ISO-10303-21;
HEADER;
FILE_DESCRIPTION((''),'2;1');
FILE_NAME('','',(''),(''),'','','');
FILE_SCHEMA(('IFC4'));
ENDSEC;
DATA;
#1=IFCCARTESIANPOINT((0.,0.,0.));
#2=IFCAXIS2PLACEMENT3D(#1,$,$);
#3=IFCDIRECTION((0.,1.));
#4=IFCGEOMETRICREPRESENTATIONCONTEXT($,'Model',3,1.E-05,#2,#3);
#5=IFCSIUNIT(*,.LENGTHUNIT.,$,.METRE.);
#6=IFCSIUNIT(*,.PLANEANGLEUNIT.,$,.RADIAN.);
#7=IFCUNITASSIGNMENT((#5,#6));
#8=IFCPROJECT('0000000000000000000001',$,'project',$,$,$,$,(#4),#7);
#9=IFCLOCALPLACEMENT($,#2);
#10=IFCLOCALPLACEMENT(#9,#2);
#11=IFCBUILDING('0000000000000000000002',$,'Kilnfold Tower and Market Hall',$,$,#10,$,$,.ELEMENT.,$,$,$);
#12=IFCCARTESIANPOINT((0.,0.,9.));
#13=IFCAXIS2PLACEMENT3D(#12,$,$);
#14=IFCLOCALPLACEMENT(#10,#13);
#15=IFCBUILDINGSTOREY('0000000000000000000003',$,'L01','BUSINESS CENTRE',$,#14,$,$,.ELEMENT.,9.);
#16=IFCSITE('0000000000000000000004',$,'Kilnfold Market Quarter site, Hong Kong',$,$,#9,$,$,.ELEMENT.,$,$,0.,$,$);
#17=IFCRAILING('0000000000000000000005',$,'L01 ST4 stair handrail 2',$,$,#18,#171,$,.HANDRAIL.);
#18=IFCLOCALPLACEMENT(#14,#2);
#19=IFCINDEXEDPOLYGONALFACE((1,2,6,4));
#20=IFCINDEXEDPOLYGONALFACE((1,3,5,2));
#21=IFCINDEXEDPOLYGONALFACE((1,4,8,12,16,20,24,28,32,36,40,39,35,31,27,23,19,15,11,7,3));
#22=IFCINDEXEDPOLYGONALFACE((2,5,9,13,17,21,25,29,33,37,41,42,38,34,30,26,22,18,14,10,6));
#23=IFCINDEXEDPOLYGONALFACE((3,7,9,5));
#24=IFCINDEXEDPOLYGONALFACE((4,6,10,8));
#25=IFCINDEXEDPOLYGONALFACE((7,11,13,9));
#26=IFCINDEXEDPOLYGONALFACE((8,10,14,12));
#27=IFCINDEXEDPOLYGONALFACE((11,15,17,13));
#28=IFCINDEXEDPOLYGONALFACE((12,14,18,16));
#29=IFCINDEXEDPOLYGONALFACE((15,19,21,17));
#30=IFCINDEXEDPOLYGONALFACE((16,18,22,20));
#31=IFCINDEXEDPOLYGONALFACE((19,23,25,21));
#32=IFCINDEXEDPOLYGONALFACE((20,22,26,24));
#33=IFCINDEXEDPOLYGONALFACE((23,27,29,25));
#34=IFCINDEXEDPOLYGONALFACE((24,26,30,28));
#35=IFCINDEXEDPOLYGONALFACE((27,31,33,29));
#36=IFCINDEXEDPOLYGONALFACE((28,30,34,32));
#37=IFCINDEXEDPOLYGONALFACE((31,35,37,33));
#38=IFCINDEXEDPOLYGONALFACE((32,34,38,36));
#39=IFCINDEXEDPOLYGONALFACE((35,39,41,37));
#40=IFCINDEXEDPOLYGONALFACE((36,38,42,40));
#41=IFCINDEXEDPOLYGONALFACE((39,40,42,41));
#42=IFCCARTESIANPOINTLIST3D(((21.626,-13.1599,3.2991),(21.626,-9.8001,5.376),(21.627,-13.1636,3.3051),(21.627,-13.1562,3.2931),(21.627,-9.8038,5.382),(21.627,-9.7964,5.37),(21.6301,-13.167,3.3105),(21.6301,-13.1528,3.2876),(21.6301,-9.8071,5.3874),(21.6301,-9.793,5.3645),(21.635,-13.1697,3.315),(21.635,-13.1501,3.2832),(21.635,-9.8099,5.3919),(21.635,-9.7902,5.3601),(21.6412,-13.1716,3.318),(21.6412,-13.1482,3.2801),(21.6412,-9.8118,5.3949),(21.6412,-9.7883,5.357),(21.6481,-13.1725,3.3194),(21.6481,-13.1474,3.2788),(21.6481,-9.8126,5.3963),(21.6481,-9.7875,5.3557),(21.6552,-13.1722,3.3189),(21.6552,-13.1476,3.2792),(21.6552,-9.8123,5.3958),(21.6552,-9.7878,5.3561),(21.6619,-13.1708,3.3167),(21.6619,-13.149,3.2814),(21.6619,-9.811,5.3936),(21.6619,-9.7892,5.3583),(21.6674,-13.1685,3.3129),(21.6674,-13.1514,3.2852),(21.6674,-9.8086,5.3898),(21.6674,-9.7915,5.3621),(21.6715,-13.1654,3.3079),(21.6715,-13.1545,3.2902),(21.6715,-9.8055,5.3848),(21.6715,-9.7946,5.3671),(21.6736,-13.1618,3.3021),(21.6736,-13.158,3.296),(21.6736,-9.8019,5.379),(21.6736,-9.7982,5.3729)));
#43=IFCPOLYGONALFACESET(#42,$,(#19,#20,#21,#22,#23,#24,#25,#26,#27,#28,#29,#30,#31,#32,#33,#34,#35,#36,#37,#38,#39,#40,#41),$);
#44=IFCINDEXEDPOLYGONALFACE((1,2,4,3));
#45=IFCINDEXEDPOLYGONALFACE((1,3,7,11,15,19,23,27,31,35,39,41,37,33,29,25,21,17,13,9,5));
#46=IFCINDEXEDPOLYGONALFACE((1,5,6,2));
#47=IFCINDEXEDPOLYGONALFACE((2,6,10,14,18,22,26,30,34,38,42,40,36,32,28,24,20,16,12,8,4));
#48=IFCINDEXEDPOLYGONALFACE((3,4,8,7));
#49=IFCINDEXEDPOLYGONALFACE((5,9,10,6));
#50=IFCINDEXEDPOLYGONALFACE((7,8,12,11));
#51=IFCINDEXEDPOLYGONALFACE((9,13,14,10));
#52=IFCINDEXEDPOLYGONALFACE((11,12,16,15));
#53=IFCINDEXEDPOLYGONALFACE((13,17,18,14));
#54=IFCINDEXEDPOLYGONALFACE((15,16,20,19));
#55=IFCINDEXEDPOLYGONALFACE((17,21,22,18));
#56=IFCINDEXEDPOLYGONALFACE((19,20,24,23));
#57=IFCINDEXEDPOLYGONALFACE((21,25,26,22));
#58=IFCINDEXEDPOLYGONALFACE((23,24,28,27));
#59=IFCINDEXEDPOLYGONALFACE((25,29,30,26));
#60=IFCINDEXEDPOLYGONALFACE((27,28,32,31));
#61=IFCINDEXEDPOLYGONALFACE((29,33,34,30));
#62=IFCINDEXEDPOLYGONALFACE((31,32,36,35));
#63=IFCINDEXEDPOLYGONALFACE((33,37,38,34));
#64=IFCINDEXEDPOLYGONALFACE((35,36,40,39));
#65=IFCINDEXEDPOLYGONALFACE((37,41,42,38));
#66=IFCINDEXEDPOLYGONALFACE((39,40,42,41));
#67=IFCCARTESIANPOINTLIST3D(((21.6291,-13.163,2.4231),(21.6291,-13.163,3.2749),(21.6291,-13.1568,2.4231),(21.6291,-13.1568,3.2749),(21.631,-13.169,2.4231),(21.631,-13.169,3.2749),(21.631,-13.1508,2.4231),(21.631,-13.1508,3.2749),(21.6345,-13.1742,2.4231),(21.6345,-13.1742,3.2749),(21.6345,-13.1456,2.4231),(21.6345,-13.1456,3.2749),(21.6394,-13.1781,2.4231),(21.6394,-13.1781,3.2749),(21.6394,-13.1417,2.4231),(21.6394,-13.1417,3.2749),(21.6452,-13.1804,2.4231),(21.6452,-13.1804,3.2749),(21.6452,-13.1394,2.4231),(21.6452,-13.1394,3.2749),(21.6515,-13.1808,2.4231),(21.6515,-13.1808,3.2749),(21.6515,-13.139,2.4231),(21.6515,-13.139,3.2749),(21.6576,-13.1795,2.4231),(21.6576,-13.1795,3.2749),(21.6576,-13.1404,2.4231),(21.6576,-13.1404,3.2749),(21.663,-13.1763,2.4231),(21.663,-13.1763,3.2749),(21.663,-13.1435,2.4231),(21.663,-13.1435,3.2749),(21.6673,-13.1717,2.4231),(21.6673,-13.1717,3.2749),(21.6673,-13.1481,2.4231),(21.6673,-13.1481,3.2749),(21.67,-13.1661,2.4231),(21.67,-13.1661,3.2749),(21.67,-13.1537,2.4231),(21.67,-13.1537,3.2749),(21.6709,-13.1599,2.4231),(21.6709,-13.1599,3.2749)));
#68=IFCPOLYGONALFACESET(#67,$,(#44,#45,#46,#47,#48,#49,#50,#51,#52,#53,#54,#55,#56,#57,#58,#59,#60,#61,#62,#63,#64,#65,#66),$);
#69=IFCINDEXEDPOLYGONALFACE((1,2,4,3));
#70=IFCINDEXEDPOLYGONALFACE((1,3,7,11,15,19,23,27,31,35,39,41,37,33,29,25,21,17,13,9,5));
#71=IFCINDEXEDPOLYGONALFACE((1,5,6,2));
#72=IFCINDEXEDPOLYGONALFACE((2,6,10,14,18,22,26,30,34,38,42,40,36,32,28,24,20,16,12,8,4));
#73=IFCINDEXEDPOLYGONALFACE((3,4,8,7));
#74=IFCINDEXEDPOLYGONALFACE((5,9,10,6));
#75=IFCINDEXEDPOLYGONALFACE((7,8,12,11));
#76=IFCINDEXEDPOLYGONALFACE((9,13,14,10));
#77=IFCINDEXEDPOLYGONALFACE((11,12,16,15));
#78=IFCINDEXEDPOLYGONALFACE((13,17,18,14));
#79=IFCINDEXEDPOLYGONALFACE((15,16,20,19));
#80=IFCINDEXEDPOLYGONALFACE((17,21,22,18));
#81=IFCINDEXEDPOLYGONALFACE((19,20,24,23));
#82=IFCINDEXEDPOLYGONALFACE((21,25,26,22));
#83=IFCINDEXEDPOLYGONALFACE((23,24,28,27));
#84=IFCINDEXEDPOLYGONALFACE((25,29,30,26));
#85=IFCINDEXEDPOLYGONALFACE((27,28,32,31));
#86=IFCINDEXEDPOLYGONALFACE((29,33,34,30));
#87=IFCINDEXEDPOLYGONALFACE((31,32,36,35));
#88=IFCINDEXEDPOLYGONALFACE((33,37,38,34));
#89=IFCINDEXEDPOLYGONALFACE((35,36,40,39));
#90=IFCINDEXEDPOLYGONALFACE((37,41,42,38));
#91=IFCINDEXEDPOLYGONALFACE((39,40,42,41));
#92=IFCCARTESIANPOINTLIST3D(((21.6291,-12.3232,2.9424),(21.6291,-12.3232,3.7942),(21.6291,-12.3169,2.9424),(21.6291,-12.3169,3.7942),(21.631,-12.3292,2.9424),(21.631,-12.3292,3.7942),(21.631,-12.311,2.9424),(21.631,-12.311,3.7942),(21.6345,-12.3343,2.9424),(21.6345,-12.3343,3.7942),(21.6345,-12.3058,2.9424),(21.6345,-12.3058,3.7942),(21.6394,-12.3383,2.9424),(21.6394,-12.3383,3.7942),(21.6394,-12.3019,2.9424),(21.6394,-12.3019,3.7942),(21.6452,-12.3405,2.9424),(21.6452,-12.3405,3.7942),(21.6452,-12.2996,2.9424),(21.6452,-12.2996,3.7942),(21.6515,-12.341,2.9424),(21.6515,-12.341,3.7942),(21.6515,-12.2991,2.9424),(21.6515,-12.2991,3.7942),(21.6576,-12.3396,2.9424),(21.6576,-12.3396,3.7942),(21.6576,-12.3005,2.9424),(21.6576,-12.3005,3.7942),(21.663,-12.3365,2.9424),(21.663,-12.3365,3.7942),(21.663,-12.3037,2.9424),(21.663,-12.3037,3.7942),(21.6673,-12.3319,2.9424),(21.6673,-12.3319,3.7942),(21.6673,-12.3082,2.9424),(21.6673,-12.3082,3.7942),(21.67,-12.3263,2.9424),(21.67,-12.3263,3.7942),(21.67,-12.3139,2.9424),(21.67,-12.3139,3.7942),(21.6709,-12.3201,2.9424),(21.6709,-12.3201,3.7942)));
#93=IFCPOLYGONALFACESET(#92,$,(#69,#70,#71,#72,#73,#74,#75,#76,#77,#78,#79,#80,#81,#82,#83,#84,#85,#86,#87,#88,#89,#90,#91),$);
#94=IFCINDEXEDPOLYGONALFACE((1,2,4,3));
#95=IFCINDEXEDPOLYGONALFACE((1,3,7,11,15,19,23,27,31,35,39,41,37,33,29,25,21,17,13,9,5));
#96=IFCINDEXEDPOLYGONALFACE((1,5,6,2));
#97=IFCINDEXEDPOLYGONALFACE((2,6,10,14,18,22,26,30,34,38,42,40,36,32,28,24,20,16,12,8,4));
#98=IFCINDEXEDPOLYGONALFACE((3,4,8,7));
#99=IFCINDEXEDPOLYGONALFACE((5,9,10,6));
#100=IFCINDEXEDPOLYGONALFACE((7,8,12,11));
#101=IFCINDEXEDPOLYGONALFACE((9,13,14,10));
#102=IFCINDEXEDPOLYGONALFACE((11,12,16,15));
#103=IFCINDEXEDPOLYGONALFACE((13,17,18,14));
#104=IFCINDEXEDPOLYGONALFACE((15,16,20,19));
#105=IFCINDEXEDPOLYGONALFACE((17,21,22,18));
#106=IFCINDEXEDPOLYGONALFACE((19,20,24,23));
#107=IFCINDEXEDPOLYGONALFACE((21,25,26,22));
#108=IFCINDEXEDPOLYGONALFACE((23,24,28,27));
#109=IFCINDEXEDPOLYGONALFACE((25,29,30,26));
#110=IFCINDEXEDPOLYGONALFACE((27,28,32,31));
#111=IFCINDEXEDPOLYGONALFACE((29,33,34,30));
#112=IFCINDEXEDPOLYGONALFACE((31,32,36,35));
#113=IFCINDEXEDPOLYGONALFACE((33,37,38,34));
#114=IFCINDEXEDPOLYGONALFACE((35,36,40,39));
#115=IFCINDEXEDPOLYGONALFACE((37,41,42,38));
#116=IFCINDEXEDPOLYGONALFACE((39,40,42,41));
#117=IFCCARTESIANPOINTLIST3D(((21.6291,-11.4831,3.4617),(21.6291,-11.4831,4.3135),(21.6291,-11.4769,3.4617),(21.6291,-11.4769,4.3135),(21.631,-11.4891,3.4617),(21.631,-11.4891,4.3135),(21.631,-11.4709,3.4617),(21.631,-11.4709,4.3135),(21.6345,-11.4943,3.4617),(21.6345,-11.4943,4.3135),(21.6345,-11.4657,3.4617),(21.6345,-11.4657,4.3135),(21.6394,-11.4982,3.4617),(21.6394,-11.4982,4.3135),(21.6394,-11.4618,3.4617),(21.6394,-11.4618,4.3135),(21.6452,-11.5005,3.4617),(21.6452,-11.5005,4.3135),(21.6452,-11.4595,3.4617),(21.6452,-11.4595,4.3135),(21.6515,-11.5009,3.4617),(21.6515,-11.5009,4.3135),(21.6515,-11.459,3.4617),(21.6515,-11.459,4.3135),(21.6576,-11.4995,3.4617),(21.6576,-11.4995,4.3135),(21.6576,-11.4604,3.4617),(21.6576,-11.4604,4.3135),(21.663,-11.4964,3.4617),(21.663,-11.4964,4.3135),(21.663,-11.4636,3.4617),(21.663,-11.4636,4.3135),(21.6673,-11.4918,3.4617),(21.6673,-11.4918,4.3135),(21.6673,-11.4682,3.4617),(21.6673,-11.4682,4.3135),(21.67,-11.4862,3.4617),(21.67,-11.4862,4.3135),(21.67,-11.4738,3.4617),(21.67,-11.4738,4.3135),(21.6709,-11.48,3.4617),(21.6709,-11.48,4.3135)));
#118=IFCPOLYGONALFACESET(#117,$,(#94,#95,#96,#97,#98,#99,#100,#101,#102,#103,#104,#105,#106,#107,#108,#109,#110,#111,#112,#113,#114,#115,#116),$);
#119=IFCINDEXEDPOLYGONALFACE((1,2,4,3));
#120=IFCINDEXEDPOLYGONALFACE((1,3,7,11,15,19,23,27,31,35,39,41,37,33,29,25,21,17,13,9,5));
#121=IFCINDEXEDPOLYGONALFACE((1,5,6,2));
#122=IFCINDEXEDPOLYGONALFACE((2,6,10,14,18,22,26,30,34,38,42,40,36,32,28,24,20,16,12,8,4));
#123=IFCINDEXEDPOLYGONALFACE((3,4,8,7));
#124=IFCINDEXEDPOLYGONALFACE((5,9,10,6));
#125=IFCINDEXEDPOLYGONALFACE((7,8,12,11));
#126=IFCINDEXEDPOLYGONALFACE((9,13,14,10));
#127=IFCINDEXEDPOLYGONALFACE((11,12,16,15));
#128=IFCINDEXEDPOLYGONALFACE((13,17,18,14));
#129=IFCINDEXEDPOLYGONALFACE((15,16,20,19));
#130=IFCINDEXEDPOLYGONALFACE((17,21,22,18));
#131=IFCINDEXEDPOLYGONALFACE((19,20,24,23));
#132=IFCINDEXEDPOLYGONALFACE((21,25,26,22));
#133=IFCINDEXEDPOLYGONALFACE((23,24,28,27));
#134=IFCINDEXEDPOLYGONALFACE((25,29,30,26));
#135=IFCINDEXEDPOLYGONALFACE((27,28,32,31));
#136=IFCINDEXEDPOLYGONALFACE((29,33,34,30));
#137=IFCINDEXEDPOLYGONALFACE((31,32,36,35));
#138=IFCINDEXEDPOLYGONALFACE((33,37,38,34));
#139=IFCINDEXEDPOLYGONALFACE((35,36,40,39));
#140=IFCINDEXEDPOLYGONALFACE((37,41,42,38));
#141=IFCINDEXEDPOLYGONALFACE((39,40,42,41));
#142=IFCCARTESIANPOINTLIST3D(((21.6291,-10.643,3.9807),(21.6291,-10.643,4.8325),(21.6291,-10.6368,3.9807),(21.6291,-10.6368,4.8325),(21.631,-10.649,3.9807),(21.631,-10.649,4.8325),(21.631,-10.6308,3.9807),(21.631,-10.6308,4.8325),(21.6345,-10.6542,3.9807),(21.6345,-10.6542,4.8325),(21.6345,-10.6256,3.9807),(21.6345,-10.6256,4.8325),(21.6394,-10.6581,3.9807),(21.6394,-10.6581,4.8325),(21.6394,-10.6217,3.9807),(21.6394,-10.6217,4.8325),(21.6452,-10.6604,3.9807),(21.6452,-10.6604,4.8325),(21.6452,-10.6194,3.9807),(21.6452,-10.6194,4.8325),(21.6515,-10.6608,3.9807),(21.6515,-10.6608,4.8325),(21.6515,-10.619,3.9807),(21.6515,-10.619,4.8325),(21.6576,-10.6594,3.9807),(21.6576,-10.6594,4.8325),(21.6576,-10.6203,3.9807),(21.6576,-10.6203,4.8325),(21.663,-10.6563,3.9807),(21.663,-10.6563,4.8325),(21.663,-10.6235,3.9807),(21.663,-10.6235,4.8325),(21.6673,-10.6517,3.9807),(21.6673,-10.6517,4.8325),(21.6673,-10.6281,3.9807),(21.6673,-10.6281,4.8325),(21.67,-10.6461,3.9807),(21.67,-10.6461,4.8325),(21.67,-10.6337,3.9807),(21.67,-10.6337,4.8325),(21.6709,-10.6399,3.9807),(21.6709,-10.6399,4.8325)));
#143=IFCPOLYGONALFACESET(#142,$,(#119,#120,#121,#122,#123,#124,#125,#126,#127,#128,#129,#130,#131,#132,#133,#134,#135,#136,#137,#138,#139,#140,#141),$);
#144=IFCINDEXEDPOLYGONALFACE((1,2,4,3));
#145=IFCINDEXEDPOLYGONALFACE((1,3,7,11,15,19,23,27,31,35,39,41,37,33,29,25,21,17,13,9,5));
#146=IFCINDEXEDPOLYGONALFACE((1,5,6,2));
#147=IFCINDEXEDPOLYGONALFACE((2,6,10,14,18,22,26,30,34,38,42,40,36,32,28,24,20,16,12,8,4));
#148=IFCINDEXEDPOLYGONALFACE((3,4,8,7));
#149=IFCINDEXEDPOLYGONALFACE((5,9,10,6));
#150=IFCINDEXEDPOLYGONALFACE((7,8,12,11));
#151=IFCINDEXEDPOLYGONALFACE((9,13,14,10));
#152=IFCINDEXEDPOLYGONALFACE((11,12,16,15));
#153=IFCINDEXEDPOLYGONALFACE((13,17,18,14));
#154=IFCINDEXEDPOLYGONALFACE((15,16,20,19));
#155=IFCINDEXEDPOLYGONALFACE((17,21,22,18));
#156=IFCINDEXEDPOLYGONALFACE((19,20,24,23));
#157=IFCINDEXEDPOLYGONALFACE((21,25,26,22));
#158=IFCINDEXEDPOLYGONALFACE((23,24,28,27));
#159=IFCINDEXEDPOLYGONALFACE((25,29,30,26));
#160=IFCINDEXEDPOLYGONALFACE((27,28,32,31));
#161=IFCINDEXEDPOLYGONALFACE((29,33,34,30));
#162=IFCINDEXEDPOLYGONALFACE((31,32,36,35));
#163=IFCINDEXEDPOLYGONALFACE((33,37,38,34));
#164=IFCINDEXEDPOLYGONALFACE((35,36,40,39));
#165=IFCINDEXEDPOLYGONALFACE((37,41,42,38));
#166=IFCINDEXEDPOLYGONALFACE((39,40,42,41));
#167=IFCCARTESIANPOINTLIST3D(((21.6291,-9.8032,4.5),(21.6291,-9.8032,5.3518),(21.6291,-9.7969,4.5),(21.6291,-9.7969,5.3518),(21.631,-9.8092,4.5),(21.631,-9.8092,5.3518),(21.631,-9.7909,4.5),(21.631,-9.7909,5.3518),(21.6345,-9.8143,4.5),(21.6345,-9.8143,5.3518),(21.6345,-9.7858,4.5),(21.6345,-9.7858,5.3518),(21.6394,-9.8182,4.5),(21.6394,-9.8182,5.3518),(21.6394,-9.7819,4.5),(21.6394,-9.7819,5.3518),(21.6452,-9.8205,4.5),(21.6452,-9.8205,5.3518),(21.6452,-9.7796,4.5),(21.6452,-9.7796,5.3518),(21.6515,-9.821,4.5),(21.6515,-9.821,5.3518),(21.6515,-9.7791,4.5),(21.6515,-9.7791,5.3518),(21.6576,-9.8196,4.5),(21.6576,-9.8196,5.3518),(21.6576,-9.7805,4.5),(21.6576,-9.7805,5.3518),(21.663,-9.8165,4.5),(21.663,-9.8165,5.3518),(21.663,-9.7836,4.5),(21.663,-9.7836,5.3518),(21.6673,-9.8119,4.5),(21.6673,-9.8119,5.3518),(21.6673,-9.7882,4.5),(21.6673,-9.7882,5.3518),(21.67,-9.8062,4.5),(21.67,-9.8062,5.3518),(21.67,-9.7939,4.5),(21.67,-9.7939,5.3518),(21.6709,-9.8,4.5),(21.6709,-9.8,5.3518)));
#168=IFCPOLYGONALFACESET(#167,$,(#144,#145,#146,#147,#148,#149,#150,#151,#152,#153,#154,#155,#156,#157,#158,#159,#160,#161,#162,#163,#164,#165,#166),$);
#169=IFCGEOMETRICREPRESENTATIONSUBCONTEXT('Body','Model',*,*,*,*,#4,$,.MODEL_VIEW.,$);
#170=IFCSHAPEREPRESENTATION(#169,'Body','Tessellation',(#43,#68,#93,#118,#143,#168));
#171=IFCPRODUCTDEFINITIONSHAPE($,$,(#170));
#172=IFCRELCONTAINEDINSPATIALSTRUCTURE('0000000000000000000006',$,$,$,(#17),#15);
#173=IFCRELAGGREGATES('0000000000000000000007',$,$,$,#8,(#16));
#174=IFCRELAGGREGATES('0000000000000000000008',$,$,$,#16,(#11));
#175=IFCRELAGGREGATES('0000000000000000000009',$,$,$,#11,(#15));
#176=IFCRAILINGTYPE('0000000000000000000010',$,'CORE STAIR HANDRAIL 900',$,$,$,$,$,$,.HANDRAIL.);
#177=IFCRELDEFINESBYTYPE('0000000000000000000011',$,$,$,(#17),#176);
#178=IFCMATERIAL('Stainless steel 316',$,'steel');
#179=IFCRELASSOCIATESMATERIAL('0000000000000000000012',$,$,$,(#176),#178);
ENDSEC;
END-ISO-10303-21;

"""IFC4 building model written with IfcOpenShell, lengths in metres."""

from ifc_helpers import new_model, si_unit, direction, frame, origin, origin_2d, place, context, subcontext, project, spatial, circle, extrude, material, type_object, element, save


model = new_model("IFC4")

# Units and contexts
model_context = context("Model", 3, precision=1e-05, world=origin(), true_north=direction((0.0, 1.0)))
body_context = subcontext(model_context, "Body", "Model", "MODEL_VIEW")
ifc_project = project(units=[si_unit("LENGTHUNIT", "METRE"), si_unit("PLANEANGLEUNIT", "RADIAN")], contexts=[model_context])

# Site, building, storey
site_placement = place(None, origin())
site = spatial("IfcSite", under=ifc_project, at=site_placement, Name="Kilnfold Market Quarter site, Hong Kong", CompositionType="ELEMENT", RefElevation=0.0)
building_placement = place(site_placement, origin())
building = spatial("IfcBuilding", under=site, at=building_placement, Name="Kilnfold Tower and Market Hall", CompositionType="ELEMENT")
storey_placement = place(building_placement, frame((0.0, 0.0, 9.0)))
storey = spatial("IfcBuildingStorey", under=building, at=storey_placement, Name="L01", Description="BUSINESS CENTRE", CompositionType="ELEMENT", Elevation=9.0)

# Railing
ifc_material_1 = material(Name="Stainless steel 316", Category="steel")
railing_type_1 = type_object("IfcRailingType", Name="CORE STAIR HANDRAIL 900", PredefinedType="HANDRAIL", material=ifc_material_1)
railing_1_placement = place(storey_placement, frame((21.6499, -13.1599, 2.4231)))
element("IfcRailing", 1, at=railing_1_placement, inside=storey, type_object=railing_type_1, Name="L01 ST4 stair handrail 2", PredefinedType="HANDRAIL", context=body_context, shape_type="SweptSolid", body=[
    extrude(circle(Radius=0.0239, at=origin_2d()), frame((0.0, 0.0, 0.876), z_axis=(0.0, 0.850606, 0.525803), x_axis=(-1.0, 0.0, 0.0)), (0.0, 0.0, 1.0), 3.95),
    extrude(circle(Radius=0.021, at=origin_2d()), origin(), (0.0, 0.0, 1.0), 0.8518),
    extrude(circle(Radius=0.021, at=origin_2d()), frame((0.0, 0.8398, 0.5193)), (0.0, 0.0, 1.0), 0.8518),
    extrude(circle(Radius=0.021, at=origin_2d()), frame((0.0, 1.6799, 1.0386)), (0.0, 0.0, 1.0), 0.8518),
    extrude(circle(Radius=0.021, at=origin_2d()), frame((0.0, 2.52, 1.5576)), (0.0, 0.0, 1.0), 0.8518),
    extrude(circle(Radius=0.021, at=origin_2d()), frame((0.0, 3.3599, 2.0769)), (0.0, 0.0, 1.0), 0.8518),
])

save(model, "model.ifc")
